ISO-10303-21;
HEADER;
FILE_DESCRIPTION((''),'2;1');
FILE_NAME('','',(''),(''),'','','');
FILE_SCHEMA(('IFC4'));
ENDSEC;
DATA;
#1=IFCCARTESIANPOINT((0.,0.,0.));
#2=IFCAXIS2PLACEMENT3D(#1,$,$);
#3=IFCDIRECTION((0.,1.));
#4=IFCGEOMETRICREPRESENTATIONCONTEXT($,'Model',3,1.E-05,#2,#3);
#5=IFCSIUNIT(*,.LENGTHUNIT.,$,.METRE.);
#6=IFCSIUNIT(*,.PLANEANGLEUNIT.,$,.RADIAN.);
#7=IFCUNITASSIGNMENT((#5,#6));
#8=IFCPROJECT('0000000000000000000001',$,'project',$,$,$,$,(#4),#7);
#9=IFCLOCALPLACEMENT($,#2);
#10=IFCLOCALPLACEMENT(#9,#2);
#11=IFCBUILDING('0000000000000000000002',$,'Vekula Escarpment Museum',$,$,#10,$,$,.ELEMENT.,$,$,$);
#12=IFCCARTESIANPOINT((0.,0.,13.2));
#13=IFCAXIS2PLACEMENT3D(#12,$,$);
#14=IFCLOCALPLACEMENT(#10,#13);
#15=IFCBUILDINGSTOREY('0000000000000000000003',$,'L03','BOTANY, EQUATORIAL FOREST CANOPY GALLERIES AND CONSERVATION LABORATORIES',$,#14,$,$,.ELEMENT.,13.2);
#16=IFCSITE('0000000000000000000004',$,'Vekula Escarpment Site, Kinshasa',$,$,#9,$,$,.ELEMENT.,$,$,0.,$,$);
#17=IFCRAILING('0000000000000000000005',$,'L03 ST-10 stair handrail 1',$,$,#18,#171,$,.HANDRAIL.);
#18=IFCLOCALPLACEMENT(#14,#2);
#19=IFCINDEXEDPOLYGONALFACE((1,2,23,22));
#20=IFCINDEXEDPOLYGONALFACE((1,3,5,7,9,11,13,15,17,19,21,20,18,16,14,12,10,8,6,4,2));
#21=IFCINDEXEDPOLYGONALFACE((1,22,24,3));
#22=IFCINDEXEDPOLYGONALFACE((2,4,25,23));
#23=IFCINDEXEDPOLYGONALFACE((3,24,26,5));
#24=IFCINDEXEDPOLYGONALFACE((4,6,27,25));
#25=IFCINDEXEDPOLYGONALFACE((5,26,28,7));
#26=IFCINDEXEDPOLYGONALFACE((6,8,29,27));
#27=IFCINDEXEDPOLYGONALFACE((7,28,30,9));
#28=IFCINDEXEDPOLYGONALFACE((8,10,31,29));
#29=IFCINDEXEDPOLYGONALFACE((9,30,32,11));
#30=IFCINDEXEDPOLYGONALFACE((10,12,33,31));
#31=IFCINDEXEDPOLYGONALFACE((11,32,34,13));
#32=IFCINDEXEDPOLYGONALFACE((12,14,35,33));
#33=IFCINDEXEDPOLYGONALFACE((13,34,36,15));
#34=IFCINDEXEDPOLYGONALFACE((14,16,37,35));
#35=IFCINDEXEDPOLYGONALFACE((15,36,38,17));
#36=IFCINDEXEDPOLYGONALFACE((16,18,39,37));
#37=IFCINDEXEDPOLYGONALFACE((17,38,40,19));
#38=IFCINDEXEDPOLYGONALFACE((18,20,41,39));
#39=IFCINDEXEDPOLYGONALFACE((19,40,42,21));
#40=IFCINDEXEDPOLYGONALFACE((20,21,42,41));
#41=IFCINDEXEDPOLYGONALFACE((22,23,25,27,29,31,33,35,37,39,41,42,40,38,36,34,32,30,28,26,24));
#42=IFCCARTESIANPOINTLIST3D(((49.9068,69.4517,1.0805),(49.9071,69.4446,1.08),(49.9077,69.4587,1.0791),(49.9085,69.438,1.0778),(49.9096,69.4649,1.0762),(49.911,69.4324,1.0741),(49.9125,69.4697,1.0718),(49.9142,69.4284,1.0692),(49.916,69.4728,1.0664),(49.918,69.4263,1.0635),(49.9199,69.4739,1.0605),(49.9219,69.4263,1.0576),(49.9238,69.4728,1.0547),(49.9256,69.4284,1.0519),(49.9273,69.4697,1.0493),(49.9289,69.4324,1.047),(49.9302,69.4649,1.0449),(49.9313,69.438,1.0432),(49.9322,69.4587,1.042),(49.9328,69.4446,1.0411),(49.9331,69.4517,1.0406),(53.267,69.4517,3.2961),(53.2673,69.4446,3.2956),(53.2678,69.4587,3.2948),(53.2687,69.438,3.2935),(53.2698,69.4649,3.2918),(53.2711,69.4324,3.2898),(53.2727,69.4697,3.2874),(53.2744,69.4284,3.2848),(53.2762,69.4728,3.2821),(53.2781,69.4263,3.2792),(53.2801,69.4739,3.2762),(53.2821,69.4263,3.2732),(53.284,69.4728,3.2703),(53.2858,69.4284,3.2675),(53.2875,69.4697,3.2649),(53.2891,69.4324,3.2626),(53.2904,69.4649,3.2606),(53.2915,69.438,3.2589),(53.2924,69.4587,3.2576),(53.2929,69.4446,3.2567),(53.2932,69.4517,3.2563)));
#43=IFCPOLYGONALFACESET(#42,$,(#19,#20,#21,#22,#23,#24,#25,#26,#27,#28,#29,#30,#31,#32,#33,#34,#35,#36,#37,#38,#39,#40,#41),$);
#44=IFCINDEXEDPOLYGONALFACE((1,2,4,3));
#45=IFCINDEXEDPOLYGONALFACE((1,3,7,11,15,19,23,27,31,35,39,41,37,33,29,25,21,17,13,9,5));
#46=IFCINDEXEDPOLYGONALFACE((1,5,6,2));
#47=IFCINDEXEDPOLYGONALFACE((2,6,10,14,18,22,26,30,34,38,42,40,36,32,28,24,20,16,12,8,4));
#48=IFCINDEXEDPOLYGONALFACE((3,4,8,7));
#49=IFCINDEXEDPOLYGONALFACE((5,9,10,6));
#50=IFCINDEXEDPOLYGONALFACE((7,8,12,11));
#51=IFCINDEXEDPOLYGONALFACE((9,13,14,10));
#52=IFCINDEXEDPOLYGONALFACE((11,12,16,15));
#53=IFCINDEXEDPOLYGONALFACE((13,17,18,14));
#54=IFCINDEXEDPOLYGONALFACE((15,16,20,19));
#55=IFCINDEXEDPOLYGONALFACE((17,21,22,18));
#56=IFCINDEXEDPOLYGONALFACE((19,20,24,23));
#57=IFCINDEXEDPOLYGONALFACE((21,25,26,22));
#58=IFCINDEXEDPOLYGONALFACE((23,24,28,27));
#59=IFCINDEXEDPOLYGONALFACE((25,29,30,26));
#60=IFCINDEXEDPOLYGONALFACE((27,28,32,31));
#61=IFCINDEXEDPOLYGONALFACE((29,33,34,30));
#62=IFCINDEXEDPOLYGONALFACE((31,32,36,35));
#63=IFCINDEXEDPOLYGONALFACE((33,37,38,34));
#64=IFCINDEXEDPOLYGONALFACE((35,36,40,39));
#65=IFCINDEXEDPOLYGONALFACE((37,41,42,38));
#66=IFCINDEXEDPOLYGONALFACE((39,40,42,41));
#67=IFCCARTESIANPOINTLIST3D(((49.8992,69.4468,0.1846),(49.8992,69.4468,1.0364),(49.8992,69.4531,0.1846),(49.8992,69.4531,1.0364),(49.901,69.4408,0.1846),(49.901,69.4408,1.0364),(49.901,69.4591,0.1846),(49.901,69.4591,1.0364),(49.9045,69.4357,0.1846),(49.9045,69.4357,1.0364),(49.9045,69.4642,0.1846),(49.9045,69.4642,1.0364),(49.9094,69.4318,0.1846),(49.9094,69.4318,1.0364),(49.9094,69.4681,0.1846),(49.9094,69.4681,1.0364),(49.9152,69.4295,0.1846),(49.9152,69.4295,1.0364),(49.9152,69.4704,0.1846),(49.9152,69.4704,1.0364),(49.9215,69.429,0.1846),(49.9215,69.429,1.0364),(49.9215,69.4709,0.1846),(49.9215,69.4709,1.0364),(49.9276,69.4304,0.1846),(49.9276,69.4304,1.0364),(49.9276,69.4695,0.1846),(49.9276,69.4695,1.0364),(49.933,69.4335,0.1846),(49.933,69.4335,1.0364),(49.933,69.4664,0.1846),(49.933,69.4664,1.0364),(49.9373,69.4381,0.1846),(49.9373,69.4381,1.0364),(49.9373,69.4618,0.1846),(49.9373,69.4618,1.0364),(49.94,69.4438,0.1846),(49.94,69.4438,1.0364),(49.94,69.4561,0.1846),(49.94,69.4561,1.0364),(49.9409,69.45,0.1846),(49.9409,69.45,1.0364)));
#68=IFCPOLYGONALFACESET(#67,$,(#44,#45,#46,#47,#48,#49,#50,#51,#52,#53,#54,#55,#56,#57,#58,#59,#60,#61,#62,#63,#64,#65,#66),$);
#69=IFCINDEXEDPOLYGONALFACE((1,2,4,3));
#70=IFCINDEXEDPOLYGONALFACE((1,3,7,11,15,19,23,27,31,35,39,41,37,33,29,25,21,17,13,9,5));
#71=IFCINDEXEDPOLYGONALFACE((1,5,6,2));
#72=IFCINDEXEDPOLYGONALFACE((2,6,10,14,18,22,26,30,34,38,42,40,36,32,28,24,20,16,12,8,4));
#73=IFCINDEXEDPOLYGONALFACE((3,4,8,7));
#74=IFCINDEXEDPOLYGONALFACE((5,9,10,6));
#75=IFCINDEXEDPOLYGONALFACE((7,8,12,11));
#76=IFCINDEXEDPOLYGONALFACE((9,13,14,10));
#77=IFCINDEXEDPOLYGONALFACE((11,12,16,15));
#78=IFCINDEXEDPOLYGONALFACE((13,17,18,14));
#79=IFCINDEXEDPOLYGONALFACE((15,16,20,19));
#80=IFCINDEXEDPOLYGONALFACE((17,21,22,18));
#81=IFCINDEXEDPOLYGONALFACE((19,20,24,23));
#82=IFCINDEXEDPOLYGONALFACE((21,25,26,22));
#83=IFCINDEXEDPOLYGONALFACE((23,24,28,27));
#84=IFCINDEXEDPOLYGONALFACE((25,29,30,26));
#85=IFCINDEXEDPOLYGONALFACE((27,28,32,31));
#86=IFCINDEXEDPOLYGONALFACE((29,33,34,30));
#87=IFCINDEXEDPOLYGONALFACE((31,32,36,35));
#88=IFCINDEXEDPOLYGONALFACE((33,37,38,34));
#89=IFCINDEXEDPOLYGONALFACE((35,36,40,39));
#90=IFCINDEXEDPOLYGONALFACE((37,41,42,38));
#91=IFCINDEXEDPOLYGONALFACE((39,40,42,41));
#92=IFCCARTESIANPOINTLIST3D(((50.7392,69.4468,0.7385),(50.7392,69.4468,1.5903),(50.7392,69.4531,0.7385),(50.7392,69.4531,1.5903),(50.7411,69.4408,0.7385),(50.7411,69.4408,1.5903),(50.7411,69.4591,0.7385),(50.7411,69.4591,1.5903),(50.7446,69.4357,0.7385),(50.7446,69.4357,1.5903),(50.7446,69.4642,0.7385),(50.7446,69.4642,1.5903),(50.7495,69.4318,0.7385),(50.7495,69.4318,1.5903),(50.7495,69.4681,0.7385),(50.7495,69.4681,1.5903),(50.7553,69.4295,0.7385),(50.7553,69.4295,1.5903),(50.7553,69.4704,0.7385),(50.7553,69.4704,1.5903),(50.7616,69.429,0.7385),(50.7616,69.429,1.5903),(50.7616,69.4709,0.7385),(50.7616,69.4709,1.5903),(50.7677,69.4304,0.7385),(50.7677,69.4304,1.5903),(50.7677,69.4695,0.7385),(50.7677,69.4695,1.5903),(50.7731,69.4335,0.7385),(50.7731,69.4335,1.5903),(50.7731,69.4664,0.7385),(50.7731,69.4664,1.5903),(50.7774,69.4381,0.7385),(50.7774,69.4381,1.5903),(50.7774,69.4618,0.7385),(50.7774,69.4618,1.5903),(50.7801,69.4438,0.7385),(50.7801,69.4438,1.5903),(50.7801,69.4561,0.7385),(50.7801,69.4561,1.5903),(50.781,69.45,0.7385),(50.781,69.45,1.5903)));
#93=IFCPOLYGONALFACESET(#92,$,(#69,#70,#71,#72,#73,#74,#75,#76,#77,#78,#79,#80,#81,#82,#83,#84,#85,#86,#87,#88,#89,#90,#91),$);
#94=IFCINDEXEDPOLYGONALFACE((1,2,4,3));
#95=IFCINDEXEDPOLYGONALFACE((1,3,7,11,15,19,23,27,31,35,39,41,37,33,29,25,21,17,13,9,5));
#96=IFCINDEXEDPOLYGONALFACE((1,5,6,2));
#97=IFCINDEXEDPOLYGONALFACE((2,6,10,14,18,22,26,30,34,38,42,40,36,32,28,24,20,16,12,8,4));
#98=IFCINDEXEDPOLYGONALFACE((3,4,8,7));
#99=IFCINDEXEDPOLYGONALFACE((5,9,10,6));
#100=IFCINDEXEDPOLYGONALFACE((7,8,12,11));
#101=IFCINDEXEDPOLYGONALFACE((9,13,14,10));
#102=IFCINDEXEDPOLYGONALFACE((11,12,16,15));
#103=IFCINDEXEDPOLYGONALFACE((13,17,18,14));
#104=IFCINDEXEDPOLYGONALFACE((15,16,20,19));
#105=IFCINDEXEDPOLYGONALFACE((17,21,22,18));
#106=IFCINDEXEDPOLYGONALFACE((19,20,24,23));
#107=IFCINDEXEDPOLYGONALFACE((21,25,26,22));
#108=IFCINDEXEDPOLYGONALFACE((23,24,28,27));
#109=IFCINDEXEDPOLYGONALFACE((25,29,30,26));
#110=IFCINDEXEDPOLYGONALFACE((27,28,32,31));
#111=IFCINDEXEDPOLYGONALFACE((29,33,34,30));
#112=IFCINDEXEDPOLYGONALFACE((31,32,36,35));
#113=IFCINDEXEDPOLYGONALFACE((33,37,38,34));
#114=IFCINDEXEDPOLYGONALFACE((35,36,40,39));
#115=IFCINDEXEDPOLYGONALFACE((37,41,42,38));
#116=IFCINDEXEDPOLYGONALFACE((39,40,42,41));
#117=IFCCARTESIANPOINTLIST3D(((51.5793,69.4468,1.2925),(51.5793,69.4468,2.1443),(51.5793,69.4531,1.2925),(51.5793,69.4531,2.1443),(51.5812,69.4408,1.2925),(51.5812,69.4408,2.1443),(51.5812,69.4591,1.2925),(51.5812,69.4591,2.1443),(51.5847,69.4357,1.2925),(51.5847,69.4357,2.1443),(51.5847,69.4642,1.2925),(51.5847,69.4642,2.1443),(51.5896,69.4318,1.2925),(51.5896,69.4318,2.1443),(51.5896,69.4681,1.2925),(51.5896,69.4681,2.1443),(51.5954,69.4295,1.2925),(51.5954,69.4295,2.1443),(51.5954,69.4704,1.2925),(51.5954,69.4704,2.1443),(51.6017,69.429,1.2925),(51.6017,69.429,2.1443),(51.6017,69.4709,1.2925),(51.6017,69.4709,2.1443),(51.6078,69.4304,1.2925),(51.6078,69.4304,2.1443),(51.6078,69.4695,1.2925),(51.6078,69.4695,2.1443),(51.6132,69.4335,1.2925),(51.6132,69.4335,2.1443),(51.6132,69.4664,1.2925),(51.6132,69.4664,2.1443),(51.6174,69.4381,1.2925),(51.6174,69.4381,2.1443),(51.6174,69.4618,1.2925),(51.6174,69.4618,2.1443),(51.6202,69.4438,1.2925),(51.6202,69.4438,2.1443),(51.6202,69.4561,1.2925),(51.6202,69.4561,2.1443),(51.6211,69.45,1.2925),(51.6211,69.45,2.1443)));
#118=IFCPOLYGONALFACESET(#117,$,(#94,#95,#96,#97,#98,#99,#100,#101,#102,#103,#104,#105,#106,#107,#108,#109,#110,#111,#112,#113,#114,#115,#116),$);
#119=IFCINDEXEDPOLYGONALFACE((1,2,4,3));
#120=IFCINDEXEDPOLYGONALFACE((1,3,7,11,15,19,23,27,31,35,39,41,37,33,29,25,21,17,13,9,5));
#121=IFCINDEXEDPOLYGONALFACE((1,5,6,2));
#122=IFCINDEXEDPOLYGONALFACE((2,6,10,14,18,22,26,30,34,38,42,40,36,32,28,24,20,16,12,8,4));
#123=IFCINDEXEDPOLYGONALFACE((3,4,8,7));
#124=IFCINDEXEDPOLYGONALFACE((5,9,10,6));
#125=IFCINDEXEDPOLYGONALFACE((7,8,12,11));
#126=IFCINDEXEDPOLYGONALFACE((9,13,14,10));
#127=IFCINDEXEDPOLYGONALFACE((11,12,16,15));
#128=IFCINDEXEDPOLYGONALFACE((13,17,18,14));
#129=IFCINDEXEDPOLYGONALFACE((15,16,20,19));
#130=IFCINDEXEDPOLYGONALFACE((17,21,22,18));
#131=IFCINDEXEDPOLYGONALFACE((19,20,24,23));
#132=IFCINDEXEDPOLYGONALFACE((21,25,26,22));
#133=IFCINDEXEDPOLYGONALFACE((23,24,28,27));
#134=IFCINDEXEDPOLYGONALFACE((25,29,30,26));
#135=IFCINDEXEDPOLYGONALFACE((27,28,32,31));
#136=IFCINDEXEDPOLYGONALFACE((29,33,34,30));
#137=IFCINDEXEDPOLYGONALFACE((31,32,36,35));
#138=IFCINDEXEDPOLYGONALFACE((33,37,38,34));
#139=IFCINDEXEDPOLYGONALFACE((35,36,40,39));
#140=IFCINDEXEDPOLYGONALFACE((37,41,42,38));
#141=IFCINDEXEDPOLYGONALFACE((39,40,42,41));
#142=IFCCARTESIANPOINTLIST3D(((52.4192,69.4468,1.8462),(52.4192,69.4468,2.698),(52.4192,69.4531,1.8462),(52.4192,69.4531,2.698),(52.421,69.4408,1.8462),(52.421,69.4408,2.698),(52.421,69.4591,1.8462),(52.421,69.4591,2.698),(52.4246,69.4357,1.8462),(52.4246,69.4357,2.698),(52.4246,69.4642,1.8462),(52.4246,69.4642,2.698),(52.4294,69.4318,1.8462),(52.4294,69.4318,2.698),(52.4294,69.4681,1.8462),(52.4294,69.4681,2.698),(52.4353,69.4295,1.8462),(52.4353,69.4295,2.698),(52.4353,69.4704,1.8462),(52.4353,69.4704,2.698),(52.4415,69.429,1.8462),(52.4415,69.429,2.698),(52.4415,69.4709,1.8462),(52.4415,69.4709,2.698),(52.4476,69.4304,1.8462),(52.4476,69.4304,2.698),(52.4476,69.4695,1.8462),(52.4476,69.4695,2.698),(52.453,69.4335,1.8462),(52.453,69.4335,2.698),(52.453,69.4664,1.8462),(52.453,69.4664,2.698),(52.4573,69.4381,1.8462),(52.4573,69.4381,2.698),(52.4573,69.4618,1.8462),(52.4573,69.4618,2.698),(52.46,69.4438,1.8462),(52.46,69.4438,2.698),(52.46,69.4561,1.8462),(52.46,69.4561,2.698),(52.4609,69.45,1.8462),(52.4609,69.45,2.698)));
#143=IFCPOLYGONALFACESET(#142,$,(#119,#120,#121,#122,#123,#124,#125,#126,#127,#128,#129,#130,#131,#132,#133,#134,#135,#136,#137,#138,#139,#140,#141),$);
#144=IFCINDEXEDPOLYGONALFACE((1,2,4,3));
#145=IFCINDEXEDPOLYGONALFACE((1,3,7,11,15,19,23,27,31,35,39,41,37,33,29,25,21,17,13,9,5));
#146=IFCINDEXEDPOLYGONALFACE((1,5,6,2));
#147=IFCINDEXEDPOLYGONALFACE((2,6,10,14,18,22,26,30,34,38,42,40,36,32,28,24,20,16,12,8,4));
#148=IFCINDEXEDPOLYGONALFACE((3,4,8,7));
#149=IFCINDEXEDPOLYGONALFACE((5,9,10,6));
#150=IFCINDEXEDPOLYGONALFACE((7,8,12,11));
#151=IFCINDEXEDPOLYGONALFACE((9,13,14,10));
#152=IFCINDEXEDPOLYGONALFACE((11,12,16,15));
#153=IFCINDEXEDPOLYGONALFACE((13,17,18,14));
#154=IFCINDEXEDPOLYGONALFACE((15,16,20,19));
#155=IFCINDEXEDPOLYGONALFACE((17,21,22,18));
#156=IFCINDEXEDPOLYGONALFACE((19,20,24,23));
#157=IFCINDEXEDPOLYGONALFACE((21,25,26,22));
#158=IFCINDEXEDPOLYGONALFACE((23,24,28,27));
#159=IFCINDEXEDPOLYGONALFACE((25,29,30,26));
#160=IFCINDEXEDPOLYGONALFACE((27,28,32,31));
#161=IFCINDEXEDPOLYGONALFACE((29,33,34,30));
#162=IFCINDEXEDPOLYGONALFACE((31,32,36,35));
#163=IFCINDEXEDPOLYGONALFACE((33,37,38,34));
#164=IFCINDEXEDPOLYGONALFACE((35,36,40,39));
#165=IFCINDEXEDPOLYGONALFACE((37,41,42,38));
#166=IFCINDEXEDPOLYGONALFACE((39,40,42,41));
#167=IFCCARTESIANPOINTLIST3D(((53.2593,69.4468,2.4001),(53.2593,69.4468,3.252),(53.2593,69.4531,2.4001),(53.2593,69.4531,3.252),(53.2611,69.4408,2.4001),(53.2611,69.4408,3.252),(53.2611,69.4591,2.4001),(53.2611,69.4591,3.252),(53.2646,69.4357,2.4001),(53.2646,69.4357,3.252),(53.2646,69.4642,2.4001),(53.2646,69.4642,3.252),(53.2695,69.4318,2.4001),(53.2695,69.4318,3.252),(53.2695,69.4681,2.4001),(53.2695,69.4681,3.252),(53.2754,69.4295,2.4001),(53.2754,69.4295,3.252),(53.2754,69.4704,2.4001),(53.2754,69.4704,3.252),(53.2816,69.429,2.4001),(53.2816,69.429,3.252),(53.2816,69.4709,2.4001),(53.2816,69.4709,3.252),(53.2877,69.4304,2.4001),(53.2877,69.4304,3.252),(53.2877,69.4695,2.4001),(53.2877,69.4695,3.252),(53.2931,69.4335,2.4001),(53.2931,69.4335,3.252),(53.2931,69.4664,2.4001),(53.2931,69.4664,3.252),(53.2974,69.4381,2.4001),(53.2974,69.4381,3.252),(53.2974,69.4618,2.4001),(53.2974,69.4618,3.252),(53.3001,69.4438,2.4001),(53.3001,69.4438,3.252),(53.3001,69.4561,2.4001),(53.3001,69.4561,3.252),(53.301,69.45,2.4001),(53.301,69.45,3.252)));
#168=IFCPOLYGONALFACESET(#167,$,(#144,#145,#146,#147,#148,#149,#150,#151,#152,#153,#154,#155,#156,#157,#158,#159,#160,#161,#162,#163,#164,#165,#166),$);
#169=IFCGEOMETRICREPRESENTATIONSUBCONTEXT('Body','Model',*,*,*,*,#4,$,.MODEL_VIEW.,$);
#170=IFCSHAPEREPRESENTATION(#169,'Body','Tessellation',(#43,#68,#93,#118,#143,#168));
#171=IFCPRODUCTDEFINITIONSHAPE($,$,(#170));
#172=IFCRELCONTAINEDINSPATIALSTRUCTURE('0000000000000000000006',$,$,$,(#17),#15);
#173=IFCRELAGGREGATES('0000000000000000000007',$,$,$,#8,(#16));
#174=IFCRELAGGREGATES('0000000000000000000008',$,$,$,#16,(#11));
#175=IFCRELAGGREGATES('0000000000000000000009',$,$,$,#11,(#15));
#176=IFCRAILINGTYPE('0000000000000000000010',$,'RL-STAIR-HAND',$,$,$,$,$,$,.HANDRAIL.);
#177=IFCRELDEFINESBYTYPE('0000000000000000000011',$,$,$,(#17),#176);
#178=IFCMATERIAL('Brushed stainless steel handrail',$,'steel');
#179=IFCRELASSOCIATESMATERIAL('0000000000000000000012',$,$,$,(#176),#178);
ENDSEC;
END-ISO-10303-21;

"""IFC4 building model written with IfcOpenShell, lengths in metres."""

from ifc_helpers import new_model, si_unit, direction, frame, origin, origin_2d, place, context, subcontext, project, spatial, circle, extrude, material, type_object, element, save


model = new_model("IFC4")

# Units and contexts
model_context = context("Model", 3, precision=1e-05, world=origin(), true_north=direction((0.0, 1.0)))
body_context = subcontext(model_context, "Body", "Model", "MODEL_VIEW")
ifc_project = project(units=[si_unit("LENGTHUNIT", "METRE"), si_unit("PLANEANGLEUNIT", "RADIAN")], contexts=[model_context])

# Site, building, storey
site_placement = place(None, origin())
site = spatial("IfcSite", under=ifc_project, at=site_placement, Name="Vekula Escarpment Site, Kinshasa", CompositionType="ELEMENT", RefElevation=0.0)
building_placement = place(site_placement, origin())
building = spatial("IfcBuilding", under=site, at=building_placement, Name="Vekula Escarpment Museum", CompositionType="ELEMENT")
storey_placement = place(building_placement, frame((0.0, 0.0, 13.2)))
storey = spatial("IfcBuildingStorey", under=building, at=storey_placement, Name="L03", Description="BOTANY, EQUATORIAL FOREST CANOPY GALLERIES AND CONSERVATION LABORATORIES", CompositionType="ELEMENT", Elevation=13.2)

# Railing
ifc_material_1 = material(Name="Brushed stainless steel handrail", Category="steel")
railing_type_1 = type_object("IfcRailingType", Name="RL-STAIR-HAND", PredefinedType="HANDRAIL", material=ifc_material_1)
railing_1_placement = place(storey_placement, frame((49.9199, 69.45, 0.1846)))
element("IfcRailing", 1, at=railing_1_placement, inside=storey, type_object=railing_type_1, Name="L03 ST-10 stair handrail 1", PredefinedType="HANDRAIL", context=body_context, shape_type="SweptSolid", body=[
    extrude(circle(Radius=0.0239, at=origin_2d()), frame((0.0, 0.0, 0.876), z_axis=(0.834849, 0.0, 0.55048), x_axis=(0.0, 1.0, 0.0)), (0.0, 0.0, 1.0), 4.0249),
    extrude(circle(Radius=0.021, at=origin_2d()), origin(), (0.0, 0.0, 1.0), 0.8518),
    extrude(circle(Radius=0.021, at=origin_2d()), frame((0.8401, 0.0, 0.554)), (0.0, 0.0, 1.0), 0.8518),
    extrude(circle(Radius=0.021, at=origin_2d()), frame((1.6802, 0.0, 1.1079)), (0.0, 0.0, 1.0), 0.8518),
    extrude(circle(Radius=0.021, at=origin_2d()), frame((2.52, 0.0, 1.6616)), (0.0, 0.0, 1.0), 0.8518),
    extrude(circle(Radius=0.021, at=origin_2d()), frame((3.3601, 0.0, 2.2156)), (0.0, 0.0, 1.0), 0.8518),
])

save(model, "model.ifc")
